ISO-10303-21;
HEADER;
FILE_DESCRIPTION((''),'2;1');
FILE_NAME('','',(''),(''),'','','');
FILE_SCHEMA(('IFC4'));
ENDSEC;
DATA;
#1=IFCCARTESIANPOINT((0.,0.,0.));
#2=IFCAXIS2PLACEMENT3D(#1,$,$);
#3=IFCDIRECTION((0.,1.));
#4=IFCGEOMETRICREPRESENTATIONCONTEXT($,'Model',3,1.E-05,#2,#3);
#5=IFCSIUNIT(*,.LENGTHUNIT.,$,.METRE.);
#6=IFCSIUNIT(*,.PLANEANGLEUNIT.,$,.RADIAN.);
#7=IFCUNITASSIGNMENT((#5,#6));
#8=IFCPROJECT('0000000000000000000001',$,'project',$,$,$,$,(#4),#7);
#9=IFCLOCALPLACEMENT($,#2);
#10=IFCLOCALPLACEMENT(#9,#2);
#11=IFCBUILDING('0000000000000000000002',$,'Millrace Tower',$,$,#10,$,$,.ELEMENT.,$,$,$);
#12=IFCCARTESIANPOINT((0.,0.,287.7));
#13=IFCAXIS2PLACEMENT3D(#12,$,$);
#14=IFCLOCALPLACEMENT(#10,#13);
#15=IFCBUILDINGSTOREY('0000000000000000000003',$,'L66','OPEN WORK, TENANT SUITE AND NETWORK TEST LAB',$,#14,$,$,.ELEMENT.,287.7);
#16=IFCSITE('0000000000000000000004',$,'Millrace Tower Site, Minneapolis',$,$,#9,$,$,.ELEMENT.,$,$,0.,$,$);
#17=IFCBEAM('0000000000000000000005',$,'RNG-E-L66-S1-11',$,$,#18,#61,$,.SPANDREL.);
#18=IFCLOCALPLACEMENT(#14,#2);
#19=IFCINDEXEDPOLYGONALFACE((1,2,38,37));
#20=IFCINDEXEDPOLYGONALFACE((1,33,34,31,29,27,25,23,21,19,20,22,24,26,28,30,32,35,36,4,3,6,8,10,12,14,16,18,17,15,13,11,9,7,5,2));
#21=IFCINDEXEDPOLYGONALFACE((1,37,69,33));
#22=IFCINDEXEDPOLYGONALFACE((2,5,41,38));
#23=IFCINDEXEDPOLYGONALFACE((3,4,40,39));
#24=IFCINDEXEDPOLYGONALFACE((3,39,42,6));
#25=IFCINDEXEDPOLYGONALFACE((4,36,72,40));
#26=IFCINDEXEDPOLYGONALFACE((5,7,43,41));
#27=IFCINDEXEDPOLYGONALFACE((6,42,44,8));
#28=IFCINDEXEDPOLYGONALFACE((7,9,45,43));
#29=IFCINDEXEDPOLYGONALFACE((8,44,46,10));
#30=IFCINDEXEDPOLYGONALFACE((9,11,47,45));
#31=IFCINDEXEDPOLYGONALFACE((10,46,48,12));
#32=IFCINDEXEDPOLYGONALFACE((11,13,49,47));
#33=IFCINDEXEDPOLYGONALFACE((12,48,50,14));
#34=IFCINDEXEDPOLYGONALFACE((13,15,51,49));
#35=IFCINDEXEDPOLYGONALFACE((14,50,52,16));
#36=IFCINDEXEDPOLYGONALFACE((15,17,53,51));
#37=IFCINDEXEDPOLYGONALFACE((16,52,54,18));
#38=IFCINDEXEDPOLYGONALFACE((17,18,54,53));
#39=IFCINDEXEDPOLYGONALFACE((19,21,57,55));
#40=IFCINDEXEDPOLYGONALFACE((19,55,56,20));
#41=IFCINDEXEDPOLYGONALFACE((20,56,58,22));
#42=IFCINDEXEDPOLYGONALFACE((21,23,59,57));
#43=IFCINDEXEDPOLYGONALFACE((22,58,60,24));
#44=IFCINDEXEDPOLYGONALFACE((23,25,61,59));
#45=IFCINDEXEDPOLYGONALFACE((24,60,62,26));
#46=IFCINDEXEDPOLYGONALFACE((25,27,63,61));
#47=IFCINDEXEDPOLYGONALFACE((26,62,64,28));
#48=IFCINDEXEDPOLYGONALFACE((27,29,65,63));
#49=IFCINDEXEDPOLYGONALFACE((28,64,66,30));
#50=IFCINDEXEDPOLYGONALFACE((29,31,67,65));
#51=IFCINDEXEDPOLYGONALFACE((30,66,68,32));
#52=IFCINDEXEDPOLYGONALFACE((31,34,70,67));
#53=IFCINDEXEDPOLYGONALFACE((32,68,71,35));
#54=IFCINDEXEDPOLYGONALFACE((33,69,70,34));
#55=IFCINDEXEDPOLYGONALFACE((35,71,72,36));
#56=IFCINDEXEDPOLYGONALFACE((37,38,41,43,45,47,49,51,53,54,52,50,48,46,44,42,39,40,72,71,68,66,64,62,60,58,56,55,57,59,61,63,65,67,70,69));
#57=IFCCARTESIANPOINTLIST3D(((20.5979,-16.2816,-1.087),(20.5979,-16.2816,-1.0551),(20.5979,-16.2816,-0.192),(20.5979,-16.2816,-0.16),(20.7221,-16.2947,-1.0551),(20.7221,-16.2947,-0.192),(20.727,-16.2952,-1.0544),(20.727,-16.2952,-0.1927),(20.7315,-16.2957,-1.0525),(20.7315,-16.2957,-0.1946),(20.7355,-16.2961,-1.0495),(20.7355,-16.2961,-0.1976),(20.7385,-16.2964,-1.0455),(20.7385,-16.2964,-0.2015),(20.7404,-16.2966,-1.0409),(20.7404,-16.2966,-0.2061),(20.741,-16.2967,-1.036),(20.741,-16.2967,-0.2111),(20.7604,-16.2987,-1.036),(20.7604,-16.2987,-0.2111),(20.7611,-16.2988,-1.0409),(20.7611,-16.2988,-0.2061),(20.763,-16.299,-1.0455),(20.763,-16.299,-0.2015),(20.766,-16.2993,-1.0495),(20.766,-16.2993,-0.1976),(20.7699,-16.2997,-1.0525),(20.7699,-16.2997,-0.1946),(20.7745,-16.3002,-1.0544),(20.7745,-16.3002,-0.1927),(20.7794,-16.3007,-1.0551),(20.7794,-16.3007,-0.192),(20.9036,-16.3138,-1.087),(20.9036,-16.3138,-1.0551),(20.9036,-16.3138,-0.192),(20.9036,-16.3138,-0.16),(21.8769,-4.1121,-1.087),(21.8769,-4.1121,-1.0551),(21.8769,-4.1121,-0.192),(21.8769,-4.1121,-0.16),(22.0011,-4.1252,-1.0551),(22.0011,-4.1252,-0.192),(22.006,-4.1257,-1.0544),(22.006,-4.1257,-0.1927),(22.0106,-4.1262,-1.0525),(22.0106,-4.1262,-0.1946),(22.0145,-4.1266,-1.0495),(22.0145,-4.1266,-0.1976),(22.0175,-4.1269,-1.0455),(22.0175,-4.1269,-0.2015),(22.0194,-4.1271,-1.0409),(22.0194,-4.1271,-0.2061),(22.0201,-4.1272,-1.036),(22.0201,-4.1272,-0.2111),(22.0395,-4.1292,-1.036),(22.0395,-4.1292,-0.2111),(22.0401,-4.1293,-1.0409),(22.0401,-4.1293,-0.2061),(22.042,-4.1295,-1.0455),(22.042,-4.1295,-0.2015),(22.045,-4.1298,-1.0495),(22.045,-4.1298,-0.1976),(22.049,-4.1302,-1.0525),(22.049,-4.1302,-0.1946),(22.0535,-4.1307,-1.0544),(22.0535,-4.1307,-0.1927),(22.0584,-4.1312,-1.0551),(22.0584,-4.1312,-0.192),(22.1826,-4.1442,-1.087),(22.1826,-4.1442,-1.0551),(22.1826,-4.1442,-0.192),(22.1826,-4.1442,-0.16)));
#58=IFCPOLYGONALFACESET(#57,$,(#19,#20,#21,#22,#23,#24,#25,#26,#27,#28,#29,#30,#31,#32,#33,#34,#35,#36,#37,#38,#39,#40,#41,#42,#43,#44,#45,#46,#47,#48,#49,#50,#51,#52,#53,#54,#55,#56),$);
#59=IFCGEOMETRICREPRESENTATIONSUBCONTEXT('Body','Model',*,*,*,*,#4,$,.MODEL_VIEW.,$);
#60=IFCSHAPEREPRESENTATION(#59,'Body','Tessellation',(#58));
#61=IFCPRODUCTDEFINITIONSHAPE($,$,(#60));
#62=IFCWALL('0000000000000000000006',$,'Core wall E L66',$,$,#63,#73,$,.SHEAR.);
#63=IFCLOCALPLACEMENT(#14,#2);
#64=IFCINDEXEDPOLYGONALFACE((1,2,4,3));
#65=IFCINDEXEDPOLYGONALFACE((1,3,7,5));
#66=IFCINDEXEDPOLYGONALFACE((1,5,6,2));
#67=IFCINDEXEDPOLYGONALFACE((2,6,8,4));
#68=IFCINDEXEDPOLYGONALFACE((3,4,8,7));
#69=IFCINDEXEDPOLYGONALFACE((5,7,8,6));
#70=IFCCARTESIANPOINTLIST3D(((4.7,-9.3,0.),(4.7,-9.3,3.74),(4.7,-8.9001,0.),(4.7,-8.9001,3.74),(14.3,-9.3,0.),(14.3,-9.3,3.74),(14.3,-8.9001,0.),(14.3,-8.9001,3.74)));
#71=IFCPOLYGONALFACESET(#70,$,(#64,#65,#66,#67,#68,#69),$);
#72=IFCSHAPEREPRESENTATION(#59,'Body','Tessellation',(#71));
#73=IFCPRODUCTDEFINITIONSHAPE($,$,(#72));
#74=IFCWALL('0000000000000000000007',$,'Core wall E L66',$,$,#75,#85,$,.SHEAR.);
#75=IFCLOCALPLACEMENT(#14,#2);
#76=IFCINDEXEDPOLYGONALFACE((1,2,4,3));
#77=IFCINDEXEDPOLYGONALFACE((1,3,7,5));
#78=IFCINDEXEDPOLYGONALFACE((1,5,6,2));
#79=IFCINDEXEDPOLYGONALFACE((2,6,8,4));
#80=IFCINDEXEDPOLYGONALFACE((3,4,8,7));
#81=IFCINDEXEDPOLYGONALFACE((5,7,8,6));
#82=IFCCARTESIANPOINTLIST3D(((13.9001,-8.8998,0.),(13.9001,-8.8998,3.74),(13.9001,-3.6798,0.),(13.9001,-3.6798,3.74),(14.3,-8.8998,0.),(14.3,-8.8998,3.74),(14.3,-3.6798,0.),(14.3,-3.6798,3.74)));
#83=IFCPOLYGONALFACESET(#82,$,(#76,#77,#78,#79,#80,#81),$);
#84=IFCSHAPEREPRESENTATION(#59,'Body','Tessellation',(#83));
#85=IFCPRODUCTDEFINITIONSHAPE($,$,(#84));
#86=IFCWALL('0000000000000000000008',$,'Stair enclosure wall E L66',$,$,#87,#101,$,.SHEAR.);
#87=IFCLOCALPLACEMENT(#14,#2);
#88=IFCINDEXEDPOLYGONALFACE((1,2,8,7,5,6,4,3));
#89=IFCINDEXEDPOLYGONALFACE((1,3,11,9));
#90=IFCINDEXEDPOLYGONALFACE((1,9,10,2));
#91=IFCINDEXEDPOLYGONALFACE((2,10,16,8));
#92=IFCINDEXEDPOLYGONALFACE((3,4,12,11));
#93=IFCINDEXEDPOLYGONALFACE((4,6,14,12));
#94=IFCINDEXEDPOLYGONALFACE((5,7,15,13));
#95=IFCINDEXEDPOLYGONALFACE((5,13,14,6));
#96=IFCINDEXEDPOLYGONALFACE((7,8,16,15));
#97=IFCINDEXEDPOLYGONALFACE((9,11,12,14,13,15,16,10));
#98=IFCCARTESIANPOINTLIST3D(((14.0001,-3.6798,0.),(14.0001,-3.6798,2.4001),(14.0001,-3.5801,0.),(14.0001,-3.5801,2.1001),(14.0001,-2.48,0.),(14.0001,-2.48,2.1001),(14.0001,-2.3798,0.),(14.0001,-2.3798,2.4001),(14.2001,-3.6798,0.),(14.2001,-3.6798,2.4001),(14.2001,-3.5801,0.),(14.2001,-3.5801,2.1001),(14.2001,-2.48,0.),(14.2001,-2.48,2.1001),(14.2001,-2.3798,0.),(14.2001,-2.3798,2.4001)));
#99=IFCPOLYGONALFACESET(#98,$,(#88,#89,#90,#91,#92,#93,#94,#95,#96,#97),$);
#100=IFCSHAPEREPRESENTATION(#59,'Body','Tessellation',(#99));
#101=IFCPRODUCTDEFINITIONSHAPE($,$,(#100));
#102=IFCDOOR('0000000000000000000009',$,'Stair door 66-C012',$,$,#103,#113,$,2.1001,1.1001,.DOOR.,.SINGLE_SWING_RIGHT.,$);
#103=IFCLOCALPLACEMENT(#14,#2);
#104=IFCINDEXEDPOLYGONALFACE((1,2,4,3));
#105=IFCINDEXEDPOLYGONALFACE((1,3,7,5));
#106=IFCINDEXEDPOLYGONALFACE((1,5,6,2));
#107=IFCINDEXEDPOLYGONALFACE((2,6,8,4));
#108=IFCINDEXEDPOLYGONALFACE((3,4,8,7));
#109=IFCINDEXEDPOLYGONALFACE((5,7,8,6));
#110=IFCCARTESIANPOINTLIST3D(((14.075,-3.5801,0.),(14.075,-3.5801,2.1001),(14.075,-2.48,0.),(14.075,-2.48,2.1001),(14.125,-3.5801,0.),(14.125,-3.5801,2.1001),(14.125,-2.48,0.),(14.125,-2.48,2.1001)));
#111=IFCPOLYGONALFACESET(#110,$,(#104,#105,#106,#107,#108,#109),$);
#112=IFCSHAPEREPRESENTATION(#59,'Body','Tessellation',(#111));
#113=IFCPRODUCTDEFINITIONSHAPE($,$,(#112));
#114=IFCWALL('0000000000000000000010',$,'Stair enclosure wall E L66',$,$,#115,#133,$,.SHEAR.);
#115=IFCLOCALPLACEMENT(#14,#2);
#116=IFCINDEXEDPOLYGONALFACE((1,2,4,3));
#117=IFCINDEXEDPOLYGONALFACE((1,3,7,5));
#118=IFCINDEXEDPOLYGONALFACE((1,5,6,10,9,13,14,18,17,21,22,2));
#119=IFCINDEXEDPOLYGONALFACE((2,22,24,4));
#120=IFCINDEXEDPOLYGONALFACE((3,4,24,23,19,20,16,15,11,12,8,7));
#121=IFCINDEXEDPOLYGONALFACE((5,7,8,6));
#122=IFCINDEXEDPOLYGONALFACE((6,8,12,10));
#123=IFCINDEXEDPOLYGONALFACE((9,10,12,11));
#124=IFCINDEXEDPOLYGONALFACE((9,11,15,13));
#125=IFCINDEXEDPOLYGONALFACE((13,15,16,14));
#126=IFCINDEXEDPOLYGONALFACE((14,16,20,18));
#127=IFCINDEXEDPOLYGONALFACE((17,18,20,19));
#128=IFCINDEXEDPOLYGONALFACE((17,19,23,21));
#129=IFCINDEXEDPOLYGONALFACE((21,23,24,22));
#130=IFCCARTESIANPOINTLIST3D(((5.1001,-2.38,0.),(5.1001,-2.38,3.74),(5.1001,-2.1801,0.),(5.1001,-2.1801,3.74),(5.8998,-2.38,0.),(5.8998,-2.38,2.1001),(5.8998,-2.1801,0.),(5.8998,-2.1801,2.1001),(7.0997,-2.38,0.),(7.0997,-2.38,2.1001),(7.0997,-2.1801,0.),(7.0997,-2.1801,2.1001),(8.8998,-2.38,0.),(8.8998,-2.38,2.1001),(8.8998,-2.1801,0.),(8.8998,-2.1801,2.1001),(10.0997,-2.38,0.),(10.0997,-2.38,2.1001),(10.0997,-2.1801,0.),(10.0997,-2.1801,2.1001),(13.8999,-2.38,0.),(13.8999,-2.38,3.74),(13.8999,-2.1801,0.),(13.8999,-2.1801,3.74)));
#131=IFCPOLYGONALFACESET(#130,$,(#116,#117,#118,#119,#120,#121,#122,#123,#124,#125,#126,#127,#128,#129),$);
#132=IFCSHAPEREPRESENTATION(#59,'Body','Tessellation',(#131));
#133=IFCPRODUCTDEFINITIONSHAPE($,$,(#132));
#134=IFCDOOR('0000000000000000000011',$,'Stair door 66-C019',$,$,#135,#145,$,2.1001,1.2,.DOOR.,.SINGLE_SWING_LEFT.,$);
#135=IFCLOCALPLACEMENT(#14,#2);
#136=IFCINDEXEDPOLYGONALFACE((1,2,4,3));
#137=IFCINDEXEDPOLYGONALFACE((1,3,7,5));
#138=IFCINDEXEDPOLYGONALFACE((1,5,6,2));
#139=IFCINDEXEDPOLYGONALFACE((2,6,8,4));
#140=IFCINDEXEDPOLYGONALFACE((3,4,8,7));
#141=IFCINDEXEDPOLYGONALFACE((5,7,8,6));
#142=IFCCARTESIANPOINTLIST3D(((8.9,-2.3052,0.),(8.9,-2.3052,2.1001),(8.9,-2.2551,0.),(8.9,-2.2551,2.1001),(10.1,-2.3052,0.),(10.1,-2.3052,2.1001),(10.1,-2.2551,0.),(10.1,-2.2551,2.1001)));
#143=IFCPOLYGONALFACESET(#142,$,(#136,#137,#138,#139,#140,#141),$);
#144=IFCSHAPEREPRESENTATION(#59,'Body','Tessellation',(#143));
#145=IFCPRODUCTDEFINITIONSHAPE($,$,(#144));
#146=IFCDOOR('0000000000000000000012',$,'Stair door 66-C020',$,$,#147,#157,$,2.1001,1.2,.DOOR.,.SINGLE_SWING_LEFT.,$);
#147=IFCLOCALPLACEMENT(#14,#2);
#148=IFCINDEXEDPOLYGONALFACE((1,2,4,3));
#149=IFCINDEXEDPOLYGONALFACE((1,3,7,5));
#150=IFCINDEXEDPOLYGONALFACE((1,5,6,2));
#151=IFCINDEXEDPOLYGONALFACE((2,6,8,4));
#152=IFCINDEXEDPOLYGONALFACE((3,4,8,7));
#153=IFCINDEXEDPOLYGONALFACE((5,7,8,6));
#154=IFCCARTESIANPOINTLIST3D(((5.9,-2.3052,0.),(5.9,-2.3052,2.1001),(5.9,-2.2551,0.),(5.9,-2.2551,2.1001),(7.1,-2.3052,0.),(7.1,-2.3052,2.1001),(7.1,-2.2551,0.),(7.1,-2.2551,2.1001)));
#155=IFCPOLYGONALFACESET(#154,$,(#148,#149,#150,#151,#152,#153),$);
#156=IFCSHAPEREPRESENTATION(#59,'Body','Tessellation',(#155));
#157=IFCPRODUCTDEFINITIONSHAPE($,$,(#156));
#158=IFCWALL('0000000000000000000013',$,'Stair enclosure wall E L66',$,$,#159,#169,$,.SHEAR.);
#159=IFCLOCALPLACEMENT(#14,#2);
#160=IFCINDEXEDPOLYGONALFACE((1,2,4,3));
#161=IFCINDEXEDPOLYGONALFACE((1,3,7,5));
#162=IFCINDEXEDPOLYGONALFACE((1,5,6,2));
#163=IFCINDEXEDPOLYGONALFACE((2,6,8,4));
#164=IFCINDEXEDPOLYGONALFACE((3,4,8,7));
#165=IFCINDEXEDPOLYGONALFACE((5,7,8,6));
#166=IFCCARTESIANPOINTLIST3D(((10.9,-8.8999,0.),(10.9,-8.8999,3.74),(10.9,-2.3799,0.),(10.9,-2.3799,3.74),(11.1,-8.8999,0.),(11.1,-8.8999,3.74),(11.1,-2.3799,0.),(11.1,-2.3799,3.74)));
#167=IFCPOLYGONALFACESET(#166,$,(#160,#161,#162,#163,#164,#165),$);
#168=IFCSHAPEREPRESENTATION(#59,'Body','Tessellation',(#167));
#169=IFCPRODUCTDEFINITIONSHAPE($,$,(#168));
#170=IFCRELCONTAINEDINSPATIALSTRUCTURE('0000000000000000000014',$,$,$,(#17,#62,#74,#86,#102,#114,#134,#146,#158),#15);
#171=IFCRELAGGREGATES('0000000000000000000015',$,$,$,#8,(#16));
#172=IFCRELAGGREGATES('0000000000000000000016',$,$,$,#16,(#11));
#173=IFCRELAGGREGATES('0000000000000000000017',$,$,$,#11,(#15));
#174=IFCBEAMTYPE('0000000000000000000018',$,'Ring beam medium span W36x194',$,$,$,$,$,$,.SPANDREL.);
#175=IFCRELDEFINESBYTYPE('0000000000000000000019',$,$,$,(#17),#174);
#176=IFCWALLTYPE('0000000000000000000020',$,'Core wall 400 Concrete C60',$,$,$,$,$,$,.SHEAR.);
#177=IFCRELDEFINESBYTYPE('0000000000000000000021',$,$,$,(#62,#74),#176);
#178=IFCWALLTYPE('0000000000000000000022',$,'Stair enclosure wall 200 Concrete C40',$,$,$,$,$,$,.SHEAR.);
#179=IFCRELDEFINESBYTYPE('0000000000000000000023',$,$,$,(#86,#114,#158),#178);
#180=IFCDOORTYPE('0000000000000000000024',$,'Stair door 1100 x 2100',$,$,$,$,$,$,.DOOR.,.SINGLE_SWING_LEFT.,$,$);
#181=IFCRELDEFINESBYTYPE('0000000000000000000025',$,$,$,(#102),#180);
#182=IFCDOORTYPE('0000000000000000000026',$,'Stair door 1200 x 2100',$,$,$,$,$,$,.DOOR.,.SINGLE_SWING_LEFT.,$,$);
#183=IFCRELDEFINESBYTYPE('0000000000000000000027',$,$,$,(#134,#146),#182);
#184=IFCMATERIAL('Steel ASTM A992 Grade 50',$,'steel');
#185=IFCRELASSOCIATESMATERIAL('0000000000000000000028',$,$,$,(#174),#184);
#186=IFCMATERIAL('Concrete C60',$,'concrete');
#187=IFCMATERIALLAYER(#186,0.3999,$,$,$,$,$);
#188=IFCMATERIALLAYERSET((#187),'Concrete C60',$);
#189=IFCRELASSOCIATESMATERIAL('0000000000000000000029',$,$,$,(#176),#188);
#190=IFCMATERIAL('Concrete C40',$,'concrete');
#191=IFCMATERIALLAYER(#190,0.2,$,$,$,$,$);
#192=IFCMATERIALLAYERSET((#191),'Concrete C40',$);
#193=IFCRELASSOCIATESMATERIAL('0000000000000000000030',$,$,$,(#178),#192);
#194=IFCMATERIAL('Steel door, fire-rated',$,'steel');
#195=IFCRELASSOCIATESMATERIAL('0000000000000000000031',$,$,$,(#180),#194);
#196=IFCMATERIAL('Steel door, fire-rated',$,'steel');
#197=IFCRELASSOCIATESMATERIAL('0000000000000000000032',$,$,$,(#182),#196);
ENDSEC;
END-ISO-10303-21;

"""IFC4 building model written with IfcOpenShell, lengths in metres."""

from ifc_helpers import new_model, si_unit, direction, frame, frame_2d, origin, origin_2d, place, context, subcontext, project, spatial, rectangle, i_section, extrude, material, layer, layer_set, material_profile, profile_set, type_object, element, fill, save


model = new_model("IFC4")

# Units and contexts
model_context = context("Model", 3, precision=1e-05, world=origin(), true_north=direction((0.0, 1.0)))
body_context = subcontext(model_context, "Body", "Model", "MODEL_VIEW")
ifc_project = project(units=[si_unit("LENGTHUNIT", "METRE"), si_unit("PLANEANGLEUNIT", "RADIAN")], contexts=[model_context])

# Site, building, storey
site_placement = place(None, origin())
site = spatial("IfcSite", under=ifc_project, at=site_placement, Name="Millrace Tower Site, Minneapolis", CompositionType="ELEMENT", RefElevation=0.0)
building_placement = place(site_placement, origin())
building = spatial("IfcBuilding", under=site, at=building_placement, Name="Millrace Tower", CompositionType="ELEMENT")
storey_placement = place(building_placement, frame((0.0, 0.0, 287.7)))
storey = spatial("IfcBuildingStorey", under=building, at=storey_placement, Name="L66", Description="OPEN WORK, TENANT SUITE AND NETWORK TEST LAB", CompositionType="ELEMENT", Elevation=287.7)

# Beam
ifc_material_1 = material(Name="Steel ASTM A992 Grade 50", Category="steel")
ifc_material_profile_1 = material_profile(ifc_material_1, i_section(OverallWidth=0.3074, OverallDepth=0.927, WebThickness=0.0195, FlangeThickness=0.032, FilletRadius=0.019, at=origin_2d()))
ifc_profile_set_1 = profile_set([ifc_material_profile_1], Name="Steel ASTM A992 Grade 50")
beam_type_1 = type_object("IfcBeamType", Name="Ring beam medium span W36x194", PredefinedType="SPANDREL", material=ifc_profile_set_1)
beam_1_placement = place(storey_placement, frame((22.0298, -4.1282, -0.6235), z_axis=(-0.104528, -0.994522, 0.0), x_axis=(0.994522, -0.104528, 0.0)))
element("IfcBeam", 1, at=beam_1_placement, inside=storey, type_object=beam_type_1, Name="RNG-E-L66-S1-11", PredefinedType="SPANDREL", context=body_context, shape_type="SweptSolid", body=[
    extrude(i_section(OverallWidth=0.3074, OverallDepth=0.927, WebThickness=0.0195, FlangeThickness=0.032, FilletRadius=0.019, at=origin_2d()), origin(), (0.0, 0.0, 1.0), 12.2366),
])

# Walls
ifc_material_2 = material(Name="Concrete C60", Category="concrete")
ifc_layer_1 = layer(ifc_material_2, 0.3999)
ifc_layer_set_1 = layer_set([ifc_layer_1], Name="Concrete C60")
wall_type_1 = type_object("IfcWallType", Name="Core wall 400 Concrete C60", PredefinedType="SHEAR", material=ifc_layer_set_1)
wall_1_placement = place(storey_placement, frame((14.3, -9.1001, 0.0), z_axis=(0.0, 0.0, 1.0), x_axis=(-1.0, 0.0, 0.0)))
element("IfcWall", 2, at=wall_1_placement, inside=storey, type_object=wall_type_1, Name="Core wall E L66", PredefinedType="SHEAR", context=body_context, shape_type="SweptSolid", body=[
    extrude(rectangle(XDim=9.6001, YDim=0.3999, at=frame_2d((4.8, 0.0))), origin(), (0.0, 0.0, 1.0), 3.74),
])
wall_2_placement = place(storey_placement, frame((14.1001, -3.6799, 0.0), z_axis=(0.0, 0.0, 1.0), x_axis=(0.0, -1.0, 0.0)))
element("IfcWall", 3, at=wall_2_placement, inside=storey, type_object=wall_type_1, Name="Core wall E L66", PredefinedType="SHEAR", context=body_context, shape_type="SweptSolid", body=[
    extrude(rectangle(XDim=5.22, YDim=0.3999, at=frame_2d((2.6099, 0.0))), origin(), (0.0, 0.0, 1.0), 3.74),
])

# Wall, opening, door
ifc_material_3 = material(Name="Concrete C40", Category="concrete")
ifc_layer_2 = layer(ifc_material_3, 0.2)
ifc_layer_set_2 = layer_set([ifc_layer_2], Name="Concrete C40")
wall_type_2 = type_object("IfcWallType", Name="Stair enclosure wall 200 Concrete C40", PredefinedType="SHEAR", material=ifc_layer_set_2)
wall_3_placement = place(storey_placement, frame((14.1001, -2.3799, 0.0), z_axis=(0.0, 0.0, 1.0), x_axis=(0.0, -1.0, 0.0)))
wall_3 = element("IfcWall", 4, at=wall_3_placement, inside=storey, type_object=wall_type_2, Name="Stair enclosure wall E L66", PredefinedType="SHEAR", context=body_context, shape_type="SweptSolid", body=[
    extrude(rectangle(XDim=1.3, YDim=0.2, at=frame_2d((0.6499, 0.0))), origin(), (0.0, 0.0, 1.0), 2.4001),
])
opening_1_placement = place(wall_3_placement, frame((0.1001, 0.0, 0.0)))
opening_1 = element("IfcOpeningElement", 5, at=opening_1_placement, cuts=wall_3, PredefinedType="OPENING", context=body_context, shape_type="SweptSolid", body=[
    extrude(rectangle(XDim=1.1001, YDim=2.1001, at=frame_2d((0.55, 1.05))), frame((0.0, 0.1099, 0.0), z_axis=(0.0, -1.0, 0.0), x_axis=(1.0, 0.0, 0.0)), (0.0, 0.0, 1.0), 0.22),
])
ifc_material_4 = material(Name="Steel door, fire-rated", Category="steel")
door_type_1 = type_object("IfcDoorType", Name="Stair door 1100 x 2100", OperationType="SINGLE_SWING_LEFT", PredefinedType="DOOR", material=ifc_material_4)
door_1_placement = place(opening_1_placement, origin())
door_1 = element("IfcDoor", 6, at=door_1_placement, inside=storey, type_object=door_type_1, Name="Stair door 66-C012", OperationType="SINGLE_SWING_RIGHT", OverallHeight=2.1001, OverallWidth=1.1001, PredefinedType="DOOR", context=body_context, shape_type="SweptSolid", body=[
    extrude(rectangle(XDim=1.1001, YDim=2.1001, at=frame_2d((0.55, 1.05))), frame((0.0, 0.0249, 0.0), z_axis=(0.0, -1.0, 0.0), x_axis=(1.0, 0.0, 0.0)), (0.0, 0.0, 1.0), 0.05),
])
fill(opening_1, door_1)

# Wall, openings, doors
wall_4_placement = place(storey_placement, frame((13.8999, -2.28, 0.0), z_axis=(0.0, 0.0, 1.0), x_axis=(-1.0, 0.0, 0.0)))
wall_4 = element("IfcWall", 7, at=wall_4_placement, inside=storey, type_object=wall_type_2, Name="Stair enclosure wall E L66", PredefinedType="SHEAR", context=body_context, shape_type="SweptSolid", body=[
    extrude(rectangle(XDim=8.7998, YDim=0.2, at=frame_2d((4.3999, 0.0))), origin(), (0.0, 0.0, 1.0), 3.74),
])
opening_2_placement = place(wall_4_placement, frame((3.8, 0.0, 0.0)))
opening_2 = element("IfcOpeningElement", 8, at=opening_2_placement, cuts=wall_4, PredefinedType="OPENING", context=body_context, shape_type="SweptSolid", body=[
    extrude(rectangle(XDim=1.2, YDim=2.1001, at=frame_2d((0.6001, 1.05))), frame((0.0, 0.1099, 0.0), z_axis=(0.0, -1.0, 0.0), x_axis=(1.0, 0.0, 0.0)), (0.0, 0.0, 1.0), 0.22),
])
opening_3_placement = place(wall_4_placement, frame((6.8, 0.0, 0.0)))
opening_3 = element("IfcOpeningElement", 9, at=opening_3_placement, cuts=wall_4, PredefinedType="OPENING", context=body_context, shape_type="SweptSolid", body=[
    extrude(rectangle(XDim=1.2, YDim=2.1001, at=frame_2d((0.6001, 1.05))), frame((0.0, 0.1099, 0.0), z_axis=(0.0, -1.0, 0.0), x_axis=(1.0, 0.0, 0.0)), (0.0, 0.0, 1.0), 0.22),
])
ifc_material_5 = material(Name="Steel door, fire-rated", Category="steel")
door_type_2 = type_object("IfcDoorType", Name="Stair door 1200 x 2100", OperationType="SINGLE_SWING_LEFT", PredefinedType="DOOR", material=ifc_material_5)
door_2_placement = place(opening_2_placement, frame((1.2, 0.0, 0.0), z_axis=(0.0, 0.0, 1.0), x_axis=(-1.0, 0.0, 0.0)))
door_2 = element("IfcDoor", 10, at=door_2_placement, inside=storey, type_object=door_type_2, Name="Stair door 66-C019", OperationType="SINGLE_SWING_LEFT", OverallHeight=2.1001, OverallWidth=1.2, PredefinedType="DOOR", context=body_context, shape_type="SweptSolid", body=[
    extrude(rectangle(XDim=1.2, YDim=2.1001, at=frame_2d((0.6001, 1.05))), frame((0.0, 0.0249, 0.0), z_axis=(0.0, -1.0, 0.0), x_axis=(1.0, 0.0, 0.0)), (0.0, 0.0, 1.0), 0.05),
])
fill(opening_2, door_2)
door_3_placement = place(opening_3_placement, frame((1.2, 0.0, 0.0), z_axis=(0.0, 0.0, 1.0), x_axis=(-1.0, 0.0, 0.0)))
door_3 = element("IfcDoor", 11, at=door_3_placement, inside=storey, type_object=door_type_2, Name="Stair door 66-C020", OperationType="SINGLE_SWING_LEFT", OverallHeight=2.1001, OverallWidth=1.2, PredefinedType="DOOR", context=body_context, shape_type="SweptSolid", body=[
    extrude(rectangle(XDim=1.2, YDim=2.1001, at=frame_2d((0.6001, 1.05))), frame((0.0, 0.0249, 0.0), z_axis=(0.0, -1.0, 0.0), x_axis=(1.0, 0.0, 0.0)), (0.0, 0.0, 1.0), 0.05),
])
fill(opening_3, door_3)

# Wall
wall_5_placement = place(storey_placement, frame((11.0, -2.3799, 0.0), z_axis=(0.0, 0.0, 1.0), x_axis=(0.0, -1.0, 0.0)))
element("IfcWall", 12, at=wall_5_placement, inside=storey, type_object=wall_type_2, Name="Stair enclosure wall E L66", PredefinedType="SHEAR", context=body_context, shape_type="SweptSolid", body=[
    extrude(rectangle(XDim=6.52, YDim=0.2, at=frame_2d((3.26, 0.0))), origin(), (0.0, 0.0, 1.0), 3.74),
])

save(model, "model.ifc")
